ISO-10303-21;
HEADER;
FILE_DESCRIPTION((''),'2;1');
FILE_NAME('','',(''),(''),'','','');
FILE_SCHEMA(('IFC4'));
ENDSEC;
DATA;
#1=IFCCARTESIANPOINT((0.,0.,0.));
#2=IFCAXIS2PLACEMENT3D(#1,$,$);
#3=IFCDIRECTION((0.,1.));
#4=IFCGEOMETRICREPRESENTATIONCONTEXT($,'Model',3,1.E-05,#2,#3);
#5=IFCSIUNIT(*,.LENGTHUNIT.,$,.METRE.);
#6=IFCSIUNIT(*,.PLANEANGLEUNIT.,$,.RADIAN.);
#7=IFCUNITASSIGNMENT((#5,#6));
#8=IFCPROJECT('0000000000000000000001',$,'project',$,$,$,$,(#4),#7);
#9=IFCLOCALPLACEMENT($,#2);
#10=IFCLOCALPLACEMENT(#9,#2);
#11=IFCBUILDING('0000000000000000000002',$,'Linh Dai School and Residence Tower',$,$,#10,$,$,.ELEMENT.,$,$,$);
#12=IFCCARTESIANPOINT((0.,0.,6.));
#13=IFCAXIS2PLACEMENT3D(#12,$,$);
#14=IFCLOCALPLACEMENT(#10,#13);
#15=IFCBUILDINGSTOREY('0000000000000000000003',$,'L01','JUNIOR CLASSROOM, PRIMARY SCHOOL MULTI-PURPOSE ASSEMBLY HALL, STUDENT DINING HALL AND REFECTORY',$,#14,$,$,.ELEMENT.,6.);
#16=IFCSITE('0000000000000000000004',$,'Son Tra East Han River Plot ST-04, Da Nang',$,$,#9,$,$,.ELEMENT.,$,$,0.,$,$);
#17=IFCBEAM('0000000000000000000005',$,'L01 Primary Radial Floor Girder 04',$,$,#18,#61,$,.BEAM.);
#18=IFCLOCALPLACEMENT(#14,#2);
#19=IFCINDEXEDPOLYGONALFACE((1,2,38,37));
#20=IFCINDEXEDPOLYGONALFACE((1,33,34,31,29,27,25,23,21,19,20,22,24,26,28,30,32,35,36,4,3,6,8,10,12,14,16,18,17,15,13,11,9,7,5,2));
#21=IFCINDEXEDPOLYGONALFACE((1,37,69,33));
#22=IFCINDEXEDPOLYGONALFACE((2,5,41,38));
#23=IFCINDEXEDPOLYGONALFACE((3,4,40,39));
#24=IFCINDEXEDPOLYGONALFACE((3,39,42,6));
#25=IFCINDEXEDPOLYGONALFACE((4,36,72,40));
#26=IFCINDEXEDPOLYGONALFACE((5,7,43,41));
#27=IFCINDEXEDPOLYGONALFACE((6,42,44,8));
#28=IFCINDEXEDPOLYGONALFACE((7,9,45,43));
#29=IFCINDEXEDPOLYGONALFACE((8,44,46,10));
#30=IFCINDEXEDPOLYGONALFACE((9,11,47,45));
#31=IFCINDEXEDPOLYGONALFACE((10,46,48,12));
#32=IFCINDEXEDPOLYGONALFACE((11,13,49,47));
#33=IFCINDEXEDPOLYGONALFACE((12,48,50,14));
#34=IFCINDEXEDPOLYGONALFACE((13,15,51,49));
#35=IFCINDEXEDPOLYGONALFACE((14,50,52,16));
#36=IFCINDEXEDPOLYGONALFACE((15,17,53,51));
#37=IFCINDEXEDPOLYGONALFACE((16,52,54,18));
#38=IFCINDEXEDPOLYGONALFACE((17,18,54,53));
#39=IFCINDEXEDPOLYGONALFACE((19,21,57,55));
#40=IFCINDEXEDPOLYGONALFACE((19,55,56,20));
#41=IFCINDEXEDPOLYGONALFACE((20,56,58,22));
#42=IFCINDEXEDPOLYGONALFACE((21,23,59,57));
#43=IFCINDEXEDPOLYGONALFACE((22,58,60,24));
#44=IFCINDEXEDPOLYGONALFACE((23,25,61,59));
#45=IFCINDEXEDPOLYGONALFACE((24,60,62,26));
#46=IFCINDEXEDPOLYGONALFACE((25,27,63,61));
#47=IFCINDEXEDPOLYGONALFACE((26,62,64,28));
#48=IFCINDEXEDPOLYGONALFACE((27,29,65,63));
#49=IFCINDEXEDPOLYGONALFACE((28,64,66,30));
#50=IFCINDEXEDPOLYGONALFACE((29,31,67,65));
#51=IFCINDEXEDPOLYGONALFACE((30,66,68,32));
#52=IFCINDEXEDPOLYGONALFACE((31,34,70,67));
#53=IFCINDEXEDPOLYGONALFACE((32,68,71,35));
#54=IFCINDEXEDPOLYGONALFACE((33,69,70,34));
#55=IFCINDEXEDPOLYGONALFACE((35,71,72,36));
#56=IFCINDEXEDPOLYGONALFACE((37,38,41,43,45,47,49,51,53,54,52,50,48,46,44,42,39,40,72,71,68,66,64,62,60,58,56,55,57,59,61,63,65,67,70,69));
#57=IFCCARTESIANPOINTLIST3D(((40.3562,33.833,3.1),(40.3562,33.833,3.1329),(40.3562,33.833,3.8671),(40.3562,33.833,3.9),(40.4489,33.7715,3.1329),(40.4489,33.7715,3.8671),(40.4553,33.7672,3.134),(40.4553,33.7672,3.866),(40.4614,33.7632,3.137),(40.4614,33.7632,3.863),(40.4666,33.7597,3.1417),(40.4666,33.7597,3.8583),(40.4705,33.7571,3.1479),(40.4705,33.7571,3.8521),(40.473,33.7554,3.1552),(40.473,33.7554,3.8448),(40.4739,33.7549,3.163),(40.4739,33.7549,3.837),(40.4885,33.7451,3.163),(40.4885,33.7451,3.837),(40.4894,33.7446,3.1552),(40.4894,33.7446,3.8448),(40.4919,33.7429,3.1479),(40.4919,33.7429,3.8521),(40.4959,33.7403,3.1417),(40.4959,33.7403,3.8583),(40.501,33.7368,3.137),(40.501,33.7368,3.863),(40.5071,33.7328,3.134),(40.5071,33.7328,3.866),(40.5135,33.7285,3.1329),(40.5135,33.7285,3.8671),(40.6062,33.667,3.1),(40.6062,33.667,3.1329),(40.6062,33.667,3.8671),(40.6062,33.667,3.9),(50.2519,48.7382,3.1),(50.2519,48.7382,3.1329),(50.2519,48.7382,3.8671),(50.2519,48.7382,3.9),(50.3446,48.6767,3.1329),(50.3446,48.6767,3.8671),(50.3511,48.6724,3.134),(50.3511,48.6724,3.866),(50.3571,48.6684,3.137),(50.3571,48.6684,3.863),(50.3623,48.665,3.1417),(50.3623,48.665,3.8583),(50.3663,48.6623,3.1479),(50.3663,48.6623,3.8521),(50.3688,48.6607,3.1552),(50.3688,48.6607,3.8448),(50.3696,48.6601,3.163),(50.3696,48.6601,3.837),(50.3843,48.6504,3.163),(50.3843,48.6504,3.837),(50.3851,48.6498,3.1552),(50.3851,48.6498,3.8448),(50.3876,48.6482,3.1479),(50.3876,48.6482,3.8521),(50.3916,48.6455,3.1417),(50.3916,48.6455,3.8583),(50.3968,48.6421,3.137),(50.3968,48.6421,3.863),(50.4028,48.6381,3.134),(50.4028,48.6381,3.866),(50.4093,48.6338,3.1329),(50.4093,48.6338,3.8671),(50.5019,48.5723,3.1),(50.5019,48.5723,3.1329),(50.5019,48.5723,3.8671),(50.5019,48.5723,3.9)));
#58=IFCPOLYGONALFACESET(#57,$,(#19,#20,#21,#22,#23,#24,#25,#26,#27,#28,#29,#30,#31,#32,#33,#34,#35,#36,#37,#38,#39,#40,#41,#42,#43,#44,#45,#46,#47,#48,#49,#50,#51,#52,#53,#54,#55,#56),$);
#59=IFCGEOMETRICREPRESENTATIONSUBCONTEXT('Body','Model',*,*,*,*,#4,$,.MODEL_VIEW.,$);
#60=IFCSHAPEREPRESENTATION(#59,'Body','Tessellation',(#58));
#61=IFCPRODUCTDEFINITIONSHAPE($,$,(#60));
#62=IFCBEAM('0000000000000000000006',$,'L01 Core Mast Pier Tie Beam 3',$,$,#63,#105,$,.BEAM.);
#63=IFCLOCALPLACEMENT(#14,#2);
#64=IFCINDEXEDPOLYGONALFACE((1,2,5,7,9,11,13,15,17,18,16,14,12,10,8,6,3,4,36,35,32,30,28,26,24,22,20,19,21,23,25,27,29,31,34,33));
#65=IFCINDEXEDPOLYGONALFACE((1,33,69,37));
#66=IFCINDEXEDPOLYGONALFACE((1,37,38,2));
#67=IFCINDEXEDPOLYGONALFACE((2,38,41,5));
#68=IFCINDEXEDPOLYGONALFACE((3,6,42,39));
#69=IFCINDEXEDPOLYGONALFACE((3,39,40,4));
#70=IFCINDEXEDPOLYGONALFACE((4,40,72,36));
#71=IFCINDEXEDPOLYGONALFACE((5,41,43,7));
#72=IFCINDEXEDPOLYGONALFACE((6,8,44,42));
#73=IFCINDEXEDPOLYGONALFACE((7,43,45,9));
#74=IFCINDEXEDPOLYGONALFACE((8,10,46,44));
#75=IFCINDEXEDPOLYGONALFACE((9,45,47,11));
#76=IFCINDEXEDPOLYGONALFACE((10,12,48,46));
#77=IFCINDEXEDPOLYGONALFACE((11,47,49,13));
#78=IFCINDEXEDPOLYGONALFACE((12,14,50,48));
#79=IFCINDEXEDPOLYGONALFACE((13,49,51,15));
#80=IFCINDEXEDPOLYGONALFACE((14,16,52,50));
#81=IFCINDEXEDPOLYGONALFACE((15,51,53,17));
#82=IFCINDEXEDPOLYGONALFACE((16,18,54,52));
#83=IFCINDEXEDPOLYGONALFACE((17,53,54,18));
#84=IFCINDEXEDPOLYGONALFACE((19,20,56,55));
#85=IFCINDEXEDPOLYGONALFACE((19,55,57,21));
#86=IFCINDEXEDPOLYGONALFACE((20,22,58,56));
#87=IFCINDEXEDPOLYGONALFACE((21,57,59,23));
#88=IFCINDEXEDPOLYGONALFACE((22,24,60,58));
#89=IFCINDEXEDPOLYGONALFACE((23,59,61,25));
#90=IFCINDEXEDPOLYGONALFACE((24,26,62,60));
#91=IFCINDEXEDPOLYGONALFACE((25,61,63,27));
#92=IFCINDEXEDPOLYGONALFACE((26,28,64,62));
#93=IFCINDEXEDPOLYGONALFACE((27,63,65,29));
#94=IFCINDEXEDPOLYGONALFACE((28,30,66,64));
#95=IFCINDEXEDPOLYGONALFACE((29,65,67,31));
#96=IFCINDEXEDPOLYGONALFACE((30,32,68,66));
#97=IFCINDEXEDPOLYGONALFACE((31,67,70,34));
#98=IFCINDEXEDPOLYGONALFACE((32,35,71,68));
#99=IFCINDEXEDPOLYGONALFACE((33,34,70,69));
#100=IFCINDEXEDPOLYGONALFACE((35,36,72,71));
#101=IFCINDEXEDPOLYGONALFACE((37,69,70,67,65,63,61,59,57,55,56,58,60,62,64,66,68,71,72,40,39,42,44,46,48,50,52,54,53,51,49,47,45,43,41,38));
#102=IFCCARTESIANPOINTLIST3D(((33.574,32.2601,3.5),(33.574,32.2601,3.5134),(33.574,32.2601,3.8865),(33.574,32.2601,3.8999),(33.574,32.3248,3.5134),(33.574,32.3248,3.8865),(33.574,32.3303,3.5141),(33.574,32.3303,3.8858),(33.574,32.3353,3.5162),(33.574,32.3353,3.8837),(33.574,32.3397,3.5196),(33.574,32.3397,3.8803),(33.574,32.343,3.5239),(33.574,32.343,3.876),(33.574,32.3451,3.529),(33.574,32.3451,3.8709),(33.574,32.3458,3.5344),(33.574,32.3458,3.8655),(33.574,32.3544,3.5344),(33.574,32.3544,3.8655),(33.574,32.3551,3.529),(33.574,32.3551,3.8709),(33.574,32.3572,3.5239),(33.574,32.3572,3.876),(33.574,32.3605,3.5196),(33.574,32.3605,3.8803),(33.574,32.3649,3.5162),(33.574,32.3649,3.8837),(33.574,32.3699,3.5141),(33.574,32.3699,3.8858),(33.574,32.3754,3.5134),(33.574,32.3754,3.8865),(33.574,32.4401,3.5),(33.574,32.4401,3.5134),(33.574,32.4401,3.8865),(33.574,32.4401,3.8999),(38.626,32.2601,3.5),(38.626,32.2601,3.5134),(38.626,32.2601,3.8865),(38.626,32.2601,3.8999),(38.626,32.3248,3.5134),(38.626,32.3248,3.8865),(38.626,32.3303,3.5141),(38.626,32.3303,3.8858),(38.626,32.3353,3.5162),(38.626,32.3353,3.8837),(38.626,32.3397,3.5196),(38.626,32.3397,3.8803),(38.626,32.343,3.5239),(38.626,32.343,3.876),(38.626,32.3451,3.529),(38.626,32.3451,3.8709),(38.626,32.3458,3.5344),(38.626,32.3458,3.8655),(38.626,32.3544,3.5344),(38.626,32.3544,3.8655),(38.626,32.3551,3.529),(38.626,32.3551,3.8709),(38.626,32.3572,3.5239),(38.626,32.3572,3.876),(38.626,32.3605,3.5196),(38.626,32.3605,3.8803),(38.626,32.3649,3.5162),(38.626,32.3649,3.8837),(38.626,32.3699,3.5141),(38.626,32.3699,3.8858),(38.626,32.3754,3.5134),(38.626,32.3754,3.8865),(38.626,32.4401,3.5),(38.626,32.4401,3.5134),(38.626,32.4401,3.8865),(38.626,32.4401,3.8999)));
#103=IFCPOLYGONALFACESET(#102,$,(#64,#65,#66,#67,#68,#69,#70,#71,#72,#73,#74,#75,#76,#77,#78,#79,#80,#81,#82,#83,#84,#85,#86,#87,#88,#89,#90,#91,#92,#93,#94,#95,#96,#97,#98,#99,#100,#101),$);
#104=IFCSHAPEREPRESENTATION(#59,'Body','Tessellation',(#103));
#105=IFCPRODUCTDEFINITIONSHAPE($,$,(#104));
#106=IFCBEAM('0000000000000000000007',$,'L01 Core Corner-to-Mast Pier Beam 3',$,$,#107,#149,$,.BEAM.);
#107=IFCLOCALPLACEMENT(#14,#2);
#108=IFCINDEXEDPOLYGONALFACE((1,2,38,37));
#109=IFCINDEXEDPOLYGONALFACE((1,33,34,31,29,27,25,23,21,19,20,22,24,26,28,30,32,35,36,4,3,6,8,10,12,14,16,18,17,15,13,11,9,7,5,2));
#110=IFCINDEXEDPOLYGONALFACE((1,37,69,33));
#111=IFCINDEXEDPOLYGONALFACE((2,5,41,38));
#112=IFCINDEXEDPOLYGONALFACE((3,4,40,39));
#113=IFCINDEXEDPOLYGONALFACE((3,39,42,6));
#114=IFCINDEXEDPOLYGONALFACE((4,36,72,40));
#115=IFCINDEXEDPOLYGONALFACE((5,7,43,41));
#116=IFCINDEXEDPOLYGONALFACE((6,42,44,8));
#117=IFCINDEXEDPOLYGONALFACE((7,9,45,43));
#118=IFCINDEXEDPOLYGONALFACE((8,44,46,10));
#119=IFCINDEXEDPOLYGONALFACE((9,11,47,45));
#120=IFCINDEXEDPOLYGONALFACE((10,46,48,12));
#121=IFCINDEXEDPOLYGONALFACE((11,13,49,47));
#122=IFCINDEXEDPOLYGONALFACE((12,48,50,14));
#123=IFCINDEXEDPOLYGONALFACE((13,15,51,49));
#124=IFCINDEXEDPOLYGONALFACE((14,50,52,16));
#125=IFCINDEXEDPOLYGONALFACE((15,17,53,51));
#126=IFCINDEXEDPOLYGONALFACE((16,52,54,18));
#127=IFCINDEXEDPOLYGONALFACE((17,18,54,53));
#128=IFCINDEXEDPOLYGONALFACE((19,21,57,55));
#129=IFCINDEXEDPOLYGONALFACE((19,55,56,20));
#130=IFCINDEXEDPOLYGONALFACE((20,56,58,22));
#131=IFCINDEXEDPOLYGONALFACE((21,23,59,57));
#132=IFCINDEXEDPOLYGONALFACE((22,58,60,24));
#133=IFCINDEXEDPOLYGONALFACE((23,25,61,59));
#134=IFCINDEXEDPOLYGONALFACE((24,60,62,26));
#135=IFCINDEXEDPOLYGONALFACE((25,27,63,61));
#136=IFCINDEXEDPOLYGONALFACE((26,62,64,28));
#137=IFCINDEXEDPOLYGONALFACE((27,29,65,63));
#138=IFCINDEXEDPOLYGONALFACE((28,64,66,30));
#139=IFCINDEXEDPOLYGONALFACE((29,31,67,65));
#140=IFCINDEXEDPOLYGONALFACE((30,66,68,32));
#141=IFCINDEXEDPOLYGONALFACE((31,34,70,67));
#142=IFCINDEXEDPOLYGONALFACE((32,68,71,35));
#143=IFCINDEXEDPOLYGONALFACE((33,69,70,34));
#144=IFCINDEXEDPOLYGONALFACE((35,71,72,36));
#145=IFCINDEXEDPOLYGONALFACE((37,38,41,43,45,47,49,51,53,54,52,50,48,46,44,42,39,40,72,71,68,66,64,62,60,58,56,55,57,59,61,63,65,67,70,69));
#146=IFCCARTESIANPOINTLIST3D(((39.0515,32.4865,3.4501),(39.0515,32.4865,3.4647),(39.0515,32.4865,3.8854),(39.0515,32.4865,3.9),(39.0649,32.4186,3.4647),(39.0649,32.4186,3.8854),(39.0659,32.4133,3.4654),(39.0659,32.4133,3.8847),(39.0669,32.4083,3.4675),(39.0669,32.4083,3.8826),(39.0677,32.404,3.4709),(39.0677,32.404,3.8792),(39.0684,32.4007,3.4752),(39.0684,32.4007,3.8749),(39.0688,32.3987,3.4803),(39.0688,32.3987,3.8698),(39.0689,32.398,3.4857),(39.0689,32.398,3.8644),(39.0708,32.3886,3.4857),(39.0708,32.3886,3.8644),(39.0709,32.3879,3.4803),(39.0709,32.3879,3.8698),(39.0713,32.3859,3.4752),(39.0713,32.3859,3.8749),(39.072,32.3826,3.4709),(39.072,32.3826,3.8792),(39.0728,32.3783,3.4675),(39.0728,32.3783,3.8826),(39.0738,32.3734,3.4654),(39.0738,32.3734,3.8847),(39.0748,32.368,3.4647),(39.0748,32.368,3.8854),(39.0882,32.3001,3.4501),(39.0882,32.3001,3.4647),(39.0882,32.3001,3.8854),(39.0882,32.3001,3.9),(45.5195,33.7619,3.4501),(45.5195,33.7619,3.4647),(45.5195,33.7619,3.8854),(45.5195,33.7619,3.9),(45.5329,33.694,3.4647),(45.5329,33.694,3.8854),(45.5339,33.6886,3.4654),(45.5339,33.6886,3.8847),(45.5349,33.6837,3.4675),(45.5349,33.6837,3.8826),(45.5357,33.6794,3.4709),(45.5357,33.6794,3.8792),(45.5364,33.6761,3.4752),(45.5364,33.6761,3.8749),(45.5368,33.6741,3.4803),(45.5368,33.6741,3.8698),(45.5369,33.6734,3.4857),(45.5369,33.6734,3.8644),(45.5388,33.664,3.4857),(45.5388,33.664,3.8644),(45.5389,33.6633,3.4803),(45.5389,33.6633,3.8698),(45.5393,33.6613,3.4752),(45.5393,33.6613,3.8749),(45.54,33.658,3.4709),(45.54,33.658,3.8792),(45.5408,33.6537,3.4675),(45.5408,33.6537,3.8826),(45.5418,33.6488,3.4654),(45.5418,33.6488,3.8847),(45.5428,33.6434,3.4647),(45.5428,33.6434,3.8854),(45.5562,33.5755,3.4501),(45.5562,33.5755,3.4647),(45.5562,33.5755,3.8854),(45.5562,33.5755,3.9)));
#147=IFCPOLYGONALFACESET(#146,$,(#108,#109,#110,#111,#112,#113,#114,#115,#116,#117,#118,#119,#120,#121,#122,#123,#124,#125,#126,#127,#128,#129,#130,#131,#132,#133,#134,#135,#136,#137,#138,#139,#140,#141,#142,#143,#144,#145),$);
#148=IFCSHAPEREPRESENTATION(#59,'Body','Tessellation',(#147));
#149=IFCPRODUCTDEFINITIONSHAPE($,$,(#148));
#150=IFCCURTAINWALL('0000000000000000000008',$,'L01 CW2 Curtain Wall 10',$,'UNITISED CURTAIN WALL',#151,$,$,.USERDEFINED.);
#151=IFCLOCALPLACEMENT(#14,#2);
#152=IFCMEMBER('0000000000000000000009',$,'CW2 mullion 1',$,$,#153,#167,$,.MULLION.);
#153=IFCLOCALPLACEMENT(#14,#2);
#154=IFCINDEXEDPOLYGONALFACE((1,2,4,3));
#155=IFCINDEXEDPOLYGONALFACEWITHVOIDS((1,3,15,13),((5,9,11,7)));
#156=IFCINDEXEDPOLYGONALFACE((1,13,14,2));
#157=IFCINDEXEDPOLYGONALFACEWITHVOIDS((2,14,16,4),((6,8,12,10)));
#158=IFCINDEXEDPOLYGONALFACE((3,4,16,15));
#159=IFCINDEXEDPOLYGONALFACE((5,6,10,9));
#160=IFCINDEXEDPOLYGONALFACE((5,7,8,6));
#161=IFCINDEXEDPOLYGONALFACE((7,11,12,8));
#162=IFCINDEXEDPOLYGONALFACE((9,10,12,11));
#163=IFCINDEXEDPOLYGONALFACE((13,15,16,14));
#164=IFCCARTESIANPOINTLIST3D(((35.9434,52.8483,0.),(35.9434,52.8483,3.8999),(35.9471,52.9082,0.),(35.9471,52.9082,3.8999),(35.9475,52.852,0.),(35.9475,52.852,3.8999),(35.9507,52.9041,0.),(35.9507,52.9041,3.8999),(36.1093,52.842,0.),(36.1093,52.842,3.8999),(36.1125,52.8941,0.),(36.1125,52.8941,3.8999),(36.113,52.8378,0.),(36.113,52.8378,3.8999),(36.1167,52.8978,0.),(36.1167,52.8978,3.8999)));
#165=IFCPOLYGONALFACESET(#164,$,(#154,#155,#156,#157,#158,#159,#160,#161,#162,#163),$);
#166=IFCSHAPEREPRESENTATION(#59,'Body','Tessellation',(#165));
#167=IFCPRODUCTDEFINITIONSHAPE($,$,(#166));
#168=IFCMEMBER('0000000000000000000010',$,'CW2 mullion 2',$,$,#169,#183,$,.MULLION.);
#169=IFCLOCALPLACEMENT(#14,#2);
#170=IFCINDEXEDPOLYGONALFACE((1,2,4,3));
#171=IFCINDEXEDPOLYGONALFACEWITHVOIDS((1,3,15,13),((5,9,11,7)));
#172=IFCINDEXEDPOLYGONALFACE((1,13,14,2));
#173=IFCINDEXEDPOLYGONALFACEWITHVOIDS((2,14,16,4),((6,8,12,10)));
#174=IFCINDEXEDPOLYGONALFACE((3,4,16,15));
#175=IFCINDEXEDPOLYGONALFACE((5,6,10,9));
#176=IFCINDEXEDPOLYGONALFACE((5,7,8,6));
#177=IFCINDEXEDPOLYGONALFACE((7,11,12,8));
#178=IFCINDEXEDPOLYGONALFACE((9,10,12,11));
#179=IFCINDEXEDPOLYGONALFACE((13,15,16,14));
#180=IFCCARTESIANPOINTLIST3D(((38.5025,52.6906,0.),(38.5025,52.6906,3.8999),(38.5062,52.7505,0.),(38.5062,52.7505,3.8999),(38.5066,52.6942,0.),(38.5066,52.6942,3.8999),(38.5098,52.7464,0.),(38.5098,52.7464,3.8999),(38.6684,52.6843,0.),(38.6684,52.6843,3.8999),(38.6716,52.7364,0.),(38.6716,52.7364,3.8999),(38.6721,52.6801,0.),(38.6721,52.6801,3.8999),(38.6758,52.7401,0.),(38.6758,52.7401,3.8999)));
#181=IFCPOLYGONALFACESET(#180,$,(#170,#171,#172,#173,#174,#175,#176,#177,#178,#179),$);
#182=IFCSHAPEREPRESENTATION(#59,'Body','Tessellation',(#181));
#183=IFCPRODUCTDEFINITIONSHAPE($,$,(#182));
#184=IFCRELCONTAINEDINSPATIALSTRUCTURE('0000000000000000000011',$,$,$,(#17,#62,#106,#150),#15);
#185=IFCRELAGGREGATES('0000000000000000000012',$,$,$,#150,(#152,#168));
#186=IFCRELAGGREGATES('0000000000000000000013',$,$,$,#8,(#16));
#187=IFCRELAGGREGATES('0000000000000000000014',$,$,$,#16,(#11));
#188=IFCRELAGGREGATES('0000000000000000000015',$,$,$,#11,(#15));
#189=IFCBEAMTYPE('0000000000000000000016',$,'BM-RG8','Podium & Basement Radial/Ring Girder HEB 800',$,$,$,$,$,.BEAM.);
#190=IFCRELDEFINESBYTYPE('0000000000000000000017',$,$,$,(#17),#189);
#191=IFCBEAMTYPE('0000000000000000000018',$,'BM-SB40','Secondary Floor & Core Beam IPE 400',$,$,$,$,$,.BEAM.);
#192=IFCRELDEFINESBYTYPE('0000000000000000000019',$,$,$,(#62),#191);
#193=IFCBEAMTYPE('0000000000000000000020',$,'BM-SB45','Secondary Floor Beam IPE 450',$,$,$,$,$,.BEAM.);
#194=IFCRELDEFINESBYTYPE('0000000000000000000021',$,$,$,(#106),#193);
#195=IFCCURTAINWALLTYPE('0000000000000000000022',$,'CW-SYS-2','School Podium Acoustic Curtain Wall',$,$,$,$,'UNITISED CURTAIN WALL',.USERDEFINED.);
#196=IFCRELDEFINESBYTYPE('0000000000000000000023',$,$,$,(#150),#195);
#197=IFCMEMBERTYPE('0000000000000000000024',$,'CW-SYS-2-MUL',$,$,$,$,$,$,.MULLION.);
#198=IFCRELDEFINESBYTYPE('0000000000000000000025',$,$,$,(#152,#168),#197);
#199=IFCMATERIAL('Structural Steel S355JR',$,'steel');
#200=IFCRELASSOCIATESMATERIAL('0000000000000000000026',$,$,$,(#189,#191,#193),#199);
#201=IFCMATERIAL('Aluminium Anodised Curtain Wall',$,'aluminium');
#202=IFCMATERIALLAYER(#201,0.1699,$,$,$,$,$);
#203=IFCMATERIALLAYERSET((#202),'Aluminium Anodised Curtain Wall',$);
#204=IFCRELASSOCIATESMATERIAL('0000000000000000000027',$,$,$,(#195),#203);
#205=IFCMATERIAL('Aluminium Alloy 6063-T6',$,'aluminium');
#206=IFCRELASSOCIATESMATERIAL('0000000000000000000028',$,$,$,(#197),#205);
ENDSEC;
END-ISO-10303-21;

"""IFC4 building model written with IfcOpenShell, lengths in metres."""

from ifc_helpers import new_model, si_unit, direction, frame, origin, origin_2d, place, context, subcontext, project, spatial, hollow_rectangle, i_section, extrude, source, transform, mapped, material, layer, layer_set, material_profile, profile_set, type_object, element, aggregate, save


model = new_model("IFC4")

# Units and contexts
model_context = context("Model", 3, precision=1e-05, world=origin(), true_north=direction((0.0, 1.0)))
body_context = subcontext(model_context, "Body", "Model", "MODEL_VIEW")
ifc_project = project(units=[si_unit("LENGTHUNIT", "METRE"), si_unit("PLANEANGLEUNIT", "RADIAN")], contexts=[model_context])

# Site, building, storey
site_placement = place(None, origin())
site = spatial("IfcSite", under=ifc_project, at=site_placement, Name="Son Tra East Han River Plot ST-04, Da Nang", CompositionType="ELEMENT", RefElevation=0.0)
building_placement = place(site_placement, origin())
building = spatial("IfcBuilding", under=site, at=building_placement, Name="Linh Dai School and Residence Tower", CompositionType="ELEMENT")
storey_placement = place(building_placement, frame((0.0, 0.0, 6.0)))
storey = spatial("IfcBuildingStorey", under=building, at=storey_placement, Name="L01", Description="JUNIOR CLASSROOM, PRIMARY SCHOOL MULTI-PURPOSE ASSEMBLY HALL, STUDENT DINING HALL AND REFECTORY", CompositionType="ELEMENT", Elevation=6.0)

# Shared definitions
ifc_material_1 = material(Name="Structural Steel S355JR", Category="steel")

# Beams
ifc_material_profile_1 = material_profile(ifc_material_1, i_section(OverallWidth=0.3, OverallDepth=0.8, WebThickness=0.0176, FlangeThickness=0.033, FilletRadius=0.03, at=origin_2d()), Name="HEB 800")
ifc_profile_set_1 = profile_set([ifc_material_profile_1], Name="Structural Steel S355JR")
beam_type_1 = type_object("IfcBeamType", Name="BM-RG8", Description="Podium & Basement Radial/Ring Girder HEB 800", PredefinedType="BEAM", material=ifc_profile_set_1)
beam_1_placement = place(storey_placement, frame((40.4812, 33.75, 3.5), z_axis=(0.553109, 0.833109, 0.0), x_axis=(-0.833109, 0.553109, 0.0)))
element("IfcBeam", 1, at=beam_1_placement, inside=storey, type_object=beam_type_1, Name="L01 Primary Radial Floor Girder 04", PredefinedType="BEAM", context=body_context, shape_type="SweptSolid", body=[
    extrude(i_section(OverallWidth=0.3, OverallDepth=0.8, WebThickness=0.0176, FlangeThickness=0.033, FilletRadius=0.03, at=origin_2d()), origin(), (0.0, 0.0, 1.0), 17.8911),
])
ifc_material_profile_2 = material_profile(ifc_material_1, i_section(OverallWidth=0.1799, OverallDepth=0.3999, WebThickness=0.0085, FlangeThickness=0.0134, FilletRadius=0.021, at=origin_2d()), Name="IPE 400")
ifc_profile_set_2 = profile_set([ifc_material_profile_2], Name="Structural Steel S355JR")
beam_type_2 = type_object("IfcBeamType", Name="BM-SB40", Description="Secondary Floor & Core Beam IPE 400", PredefinedType="BEAM", material=ifc_profile_set_2)
beam_2_placement = place(storey_placement, frame((38.626, 32.3501, 3.7), z_axis=(-1.0, 0.0, 0.0), x_axis=(0.0, -1.0, 0.0)))
element("IfcBeam", 2, at=beam_2_placement, inside=storey, type_object=beam_type_2, Name="L01 Core Mast Pier Tie Beam 3", PredefinedType="BEAM", context=body_context, shape_type="SweptSolid", body=[
    extrude(i_section(OverallWidth=0.1799, OverallDepth=0.3999, WebThickness=0.0085, FlangeThickness=0.0134, FilletRadius=0.021, at=origin_2d()), origin(), (0.0, 0.0, 1.0), 5.052),
])
ifc_material_profile_3 = material_profile(ifc_material_1, i_section(OverallWidth=0.1899, OverallDepth=0.45, WebThickness=0.0095, FlangeThickness=0.0146, FilletRadius=0.021, at=origin_2d()), Name="IPE 450")
ifc_profile_set_3 = profile_set([ifc_material_profile_3], Name="Structural Steel S355JR")
beam_type_3 = type_object("IfcBeamType", Name="BM-SB45", Description="Secondary Floor Beam IPE 450", PredefinedType="BEAM", material=ifc_profile_set_3)
beam_3_placement = place(storey_placement, frame((45.5378, 33.6687, 3.675), z_axis=(-0.981108, -0.193459, 0.0), x_axis=(0.193459, -0.981108, 0.0)))
element("IfcBeam", 3, at=beam_3_placement, inside=storey, type_object=beam_type_3, Name="L01 Core Corner-to-Mast Pier Beam 3", PredefinedType="BEAM", context=body_context, shape_type="SweptSolid", body=[
    extrude(i_section(OverallWidth=0.1899, OverallDepth=0.45, WebThickness=0.0095, FlangeThickness=0.0146, FilletRadius=0.021, at=origin_2d()), origin(), (0.0, 0.0, 1.0), 6.5925),
])

# Curtain wall, members
ifc_material_2 = material(Name="Aluminium Anodised Curtain Wall", Category="aluminium")
ifc_layer_1 = layer(ifc_material_2, 0.1699)
ifc_layer_set_1 = layer_set([ifc_layer_1], Name="Aluminium Anodised Curtain Wall")
curtain_wall_type = type_object("IfcCurtainWallType", Name="CW-SYS-2", Description="School Podium Acoustic Curtain Wall", ElementType="UNITISED CURTAIN WALL", PredefinedType="USERDEFINED", material=ifc_layer_set_1)
curtain_wall_placement = place(storey_placement, origin())
curtain_wall = element("IfcCurtainWall", 4, at=curtain_wall_placement, inside=storey, type_object=curtain_wall_type, Name="L01 CW2 Curtain Wall 10", ObjectType="UNITISED CURTAIN WALL", PredefinedType="USERDEFINED")
ifc_material_3 = material(Name="Aluminium Alloy 6063-T6", Category="aluminium")
ifc_material_profile_4 = material_profile(ifc_material_3, hollow_rectangle(XDim=0.0601, YDim=0.1699, WallThickness=0.0039, at=origin_2d()), Name="RHS 170x60x4")
ifc_profile_set_4 = profile_set([ifc_material_profile_4], Name="Aluminium Alloy 6063-T6")
member_type_1 = type_object("IfcMemberType", Name="CW-SYS-2-MUL", PredefinedType="MULLION", material=ifc_profile_set_4)
shared_shape_1 = source(origin(), body_context, "Body", "SweptSolid", [
    extrude(hollow_rectangle(XDim=0.0601, YDim=0.1699, WallThickness=0.0039, at=origin_2d()), origin(), (0.0, 0.0, 1.0), 3.8999),
])
member_1_placement = place(storey_placement, frame((36.03, 52.873, 0.0), z_axis=(0.0, 0.0, 1.0), x_axis=(0.061516, 0.998106, 0.0)))
member_1 = element("IfcMember", 5, at=member_1_placement, type_object=member_type_1, Name="CW2 mullion 1", PredefinedType="MULLION", context=body_context, shape_type="MappedRepresentation", body=[
    mapped(shared_shape_1, transform((0.0, 0.0, 0.0), x_axis=(1.0, 0.0, 0.0), y_axis=(0.0, 1.0, 0.0), z_axis=(0.0, 0.0, 1.0), scale=1.0)),
])
member_2_placement = place(storey_placement, frame((38.5891, 52.7153, 0.0), z_axis=(0.0, 0.0, 1.0), x_axis=(0.061516, 0.998106, 0.0)))
member_2 = element("IfcMember", 6, at=member_2_placement, type_object=member_type_1, Name="CW2 mullion 2", PredefinedType="MULLION", context=body_context, shape_type="MappedRepresentation", body=[
    mapped(shared_shape_1, transform((0.0, 0.0, 0.0), x_axis=(1.0, 0.0, 0.0), y_axis=(0.0, 1.0, 0.0), z_axis=(0.0, 0.0, 1.0), scale=1.0)),
])

aggregate(curtain_wall, [member_1, member_2])

save(model, "model.ifc")
